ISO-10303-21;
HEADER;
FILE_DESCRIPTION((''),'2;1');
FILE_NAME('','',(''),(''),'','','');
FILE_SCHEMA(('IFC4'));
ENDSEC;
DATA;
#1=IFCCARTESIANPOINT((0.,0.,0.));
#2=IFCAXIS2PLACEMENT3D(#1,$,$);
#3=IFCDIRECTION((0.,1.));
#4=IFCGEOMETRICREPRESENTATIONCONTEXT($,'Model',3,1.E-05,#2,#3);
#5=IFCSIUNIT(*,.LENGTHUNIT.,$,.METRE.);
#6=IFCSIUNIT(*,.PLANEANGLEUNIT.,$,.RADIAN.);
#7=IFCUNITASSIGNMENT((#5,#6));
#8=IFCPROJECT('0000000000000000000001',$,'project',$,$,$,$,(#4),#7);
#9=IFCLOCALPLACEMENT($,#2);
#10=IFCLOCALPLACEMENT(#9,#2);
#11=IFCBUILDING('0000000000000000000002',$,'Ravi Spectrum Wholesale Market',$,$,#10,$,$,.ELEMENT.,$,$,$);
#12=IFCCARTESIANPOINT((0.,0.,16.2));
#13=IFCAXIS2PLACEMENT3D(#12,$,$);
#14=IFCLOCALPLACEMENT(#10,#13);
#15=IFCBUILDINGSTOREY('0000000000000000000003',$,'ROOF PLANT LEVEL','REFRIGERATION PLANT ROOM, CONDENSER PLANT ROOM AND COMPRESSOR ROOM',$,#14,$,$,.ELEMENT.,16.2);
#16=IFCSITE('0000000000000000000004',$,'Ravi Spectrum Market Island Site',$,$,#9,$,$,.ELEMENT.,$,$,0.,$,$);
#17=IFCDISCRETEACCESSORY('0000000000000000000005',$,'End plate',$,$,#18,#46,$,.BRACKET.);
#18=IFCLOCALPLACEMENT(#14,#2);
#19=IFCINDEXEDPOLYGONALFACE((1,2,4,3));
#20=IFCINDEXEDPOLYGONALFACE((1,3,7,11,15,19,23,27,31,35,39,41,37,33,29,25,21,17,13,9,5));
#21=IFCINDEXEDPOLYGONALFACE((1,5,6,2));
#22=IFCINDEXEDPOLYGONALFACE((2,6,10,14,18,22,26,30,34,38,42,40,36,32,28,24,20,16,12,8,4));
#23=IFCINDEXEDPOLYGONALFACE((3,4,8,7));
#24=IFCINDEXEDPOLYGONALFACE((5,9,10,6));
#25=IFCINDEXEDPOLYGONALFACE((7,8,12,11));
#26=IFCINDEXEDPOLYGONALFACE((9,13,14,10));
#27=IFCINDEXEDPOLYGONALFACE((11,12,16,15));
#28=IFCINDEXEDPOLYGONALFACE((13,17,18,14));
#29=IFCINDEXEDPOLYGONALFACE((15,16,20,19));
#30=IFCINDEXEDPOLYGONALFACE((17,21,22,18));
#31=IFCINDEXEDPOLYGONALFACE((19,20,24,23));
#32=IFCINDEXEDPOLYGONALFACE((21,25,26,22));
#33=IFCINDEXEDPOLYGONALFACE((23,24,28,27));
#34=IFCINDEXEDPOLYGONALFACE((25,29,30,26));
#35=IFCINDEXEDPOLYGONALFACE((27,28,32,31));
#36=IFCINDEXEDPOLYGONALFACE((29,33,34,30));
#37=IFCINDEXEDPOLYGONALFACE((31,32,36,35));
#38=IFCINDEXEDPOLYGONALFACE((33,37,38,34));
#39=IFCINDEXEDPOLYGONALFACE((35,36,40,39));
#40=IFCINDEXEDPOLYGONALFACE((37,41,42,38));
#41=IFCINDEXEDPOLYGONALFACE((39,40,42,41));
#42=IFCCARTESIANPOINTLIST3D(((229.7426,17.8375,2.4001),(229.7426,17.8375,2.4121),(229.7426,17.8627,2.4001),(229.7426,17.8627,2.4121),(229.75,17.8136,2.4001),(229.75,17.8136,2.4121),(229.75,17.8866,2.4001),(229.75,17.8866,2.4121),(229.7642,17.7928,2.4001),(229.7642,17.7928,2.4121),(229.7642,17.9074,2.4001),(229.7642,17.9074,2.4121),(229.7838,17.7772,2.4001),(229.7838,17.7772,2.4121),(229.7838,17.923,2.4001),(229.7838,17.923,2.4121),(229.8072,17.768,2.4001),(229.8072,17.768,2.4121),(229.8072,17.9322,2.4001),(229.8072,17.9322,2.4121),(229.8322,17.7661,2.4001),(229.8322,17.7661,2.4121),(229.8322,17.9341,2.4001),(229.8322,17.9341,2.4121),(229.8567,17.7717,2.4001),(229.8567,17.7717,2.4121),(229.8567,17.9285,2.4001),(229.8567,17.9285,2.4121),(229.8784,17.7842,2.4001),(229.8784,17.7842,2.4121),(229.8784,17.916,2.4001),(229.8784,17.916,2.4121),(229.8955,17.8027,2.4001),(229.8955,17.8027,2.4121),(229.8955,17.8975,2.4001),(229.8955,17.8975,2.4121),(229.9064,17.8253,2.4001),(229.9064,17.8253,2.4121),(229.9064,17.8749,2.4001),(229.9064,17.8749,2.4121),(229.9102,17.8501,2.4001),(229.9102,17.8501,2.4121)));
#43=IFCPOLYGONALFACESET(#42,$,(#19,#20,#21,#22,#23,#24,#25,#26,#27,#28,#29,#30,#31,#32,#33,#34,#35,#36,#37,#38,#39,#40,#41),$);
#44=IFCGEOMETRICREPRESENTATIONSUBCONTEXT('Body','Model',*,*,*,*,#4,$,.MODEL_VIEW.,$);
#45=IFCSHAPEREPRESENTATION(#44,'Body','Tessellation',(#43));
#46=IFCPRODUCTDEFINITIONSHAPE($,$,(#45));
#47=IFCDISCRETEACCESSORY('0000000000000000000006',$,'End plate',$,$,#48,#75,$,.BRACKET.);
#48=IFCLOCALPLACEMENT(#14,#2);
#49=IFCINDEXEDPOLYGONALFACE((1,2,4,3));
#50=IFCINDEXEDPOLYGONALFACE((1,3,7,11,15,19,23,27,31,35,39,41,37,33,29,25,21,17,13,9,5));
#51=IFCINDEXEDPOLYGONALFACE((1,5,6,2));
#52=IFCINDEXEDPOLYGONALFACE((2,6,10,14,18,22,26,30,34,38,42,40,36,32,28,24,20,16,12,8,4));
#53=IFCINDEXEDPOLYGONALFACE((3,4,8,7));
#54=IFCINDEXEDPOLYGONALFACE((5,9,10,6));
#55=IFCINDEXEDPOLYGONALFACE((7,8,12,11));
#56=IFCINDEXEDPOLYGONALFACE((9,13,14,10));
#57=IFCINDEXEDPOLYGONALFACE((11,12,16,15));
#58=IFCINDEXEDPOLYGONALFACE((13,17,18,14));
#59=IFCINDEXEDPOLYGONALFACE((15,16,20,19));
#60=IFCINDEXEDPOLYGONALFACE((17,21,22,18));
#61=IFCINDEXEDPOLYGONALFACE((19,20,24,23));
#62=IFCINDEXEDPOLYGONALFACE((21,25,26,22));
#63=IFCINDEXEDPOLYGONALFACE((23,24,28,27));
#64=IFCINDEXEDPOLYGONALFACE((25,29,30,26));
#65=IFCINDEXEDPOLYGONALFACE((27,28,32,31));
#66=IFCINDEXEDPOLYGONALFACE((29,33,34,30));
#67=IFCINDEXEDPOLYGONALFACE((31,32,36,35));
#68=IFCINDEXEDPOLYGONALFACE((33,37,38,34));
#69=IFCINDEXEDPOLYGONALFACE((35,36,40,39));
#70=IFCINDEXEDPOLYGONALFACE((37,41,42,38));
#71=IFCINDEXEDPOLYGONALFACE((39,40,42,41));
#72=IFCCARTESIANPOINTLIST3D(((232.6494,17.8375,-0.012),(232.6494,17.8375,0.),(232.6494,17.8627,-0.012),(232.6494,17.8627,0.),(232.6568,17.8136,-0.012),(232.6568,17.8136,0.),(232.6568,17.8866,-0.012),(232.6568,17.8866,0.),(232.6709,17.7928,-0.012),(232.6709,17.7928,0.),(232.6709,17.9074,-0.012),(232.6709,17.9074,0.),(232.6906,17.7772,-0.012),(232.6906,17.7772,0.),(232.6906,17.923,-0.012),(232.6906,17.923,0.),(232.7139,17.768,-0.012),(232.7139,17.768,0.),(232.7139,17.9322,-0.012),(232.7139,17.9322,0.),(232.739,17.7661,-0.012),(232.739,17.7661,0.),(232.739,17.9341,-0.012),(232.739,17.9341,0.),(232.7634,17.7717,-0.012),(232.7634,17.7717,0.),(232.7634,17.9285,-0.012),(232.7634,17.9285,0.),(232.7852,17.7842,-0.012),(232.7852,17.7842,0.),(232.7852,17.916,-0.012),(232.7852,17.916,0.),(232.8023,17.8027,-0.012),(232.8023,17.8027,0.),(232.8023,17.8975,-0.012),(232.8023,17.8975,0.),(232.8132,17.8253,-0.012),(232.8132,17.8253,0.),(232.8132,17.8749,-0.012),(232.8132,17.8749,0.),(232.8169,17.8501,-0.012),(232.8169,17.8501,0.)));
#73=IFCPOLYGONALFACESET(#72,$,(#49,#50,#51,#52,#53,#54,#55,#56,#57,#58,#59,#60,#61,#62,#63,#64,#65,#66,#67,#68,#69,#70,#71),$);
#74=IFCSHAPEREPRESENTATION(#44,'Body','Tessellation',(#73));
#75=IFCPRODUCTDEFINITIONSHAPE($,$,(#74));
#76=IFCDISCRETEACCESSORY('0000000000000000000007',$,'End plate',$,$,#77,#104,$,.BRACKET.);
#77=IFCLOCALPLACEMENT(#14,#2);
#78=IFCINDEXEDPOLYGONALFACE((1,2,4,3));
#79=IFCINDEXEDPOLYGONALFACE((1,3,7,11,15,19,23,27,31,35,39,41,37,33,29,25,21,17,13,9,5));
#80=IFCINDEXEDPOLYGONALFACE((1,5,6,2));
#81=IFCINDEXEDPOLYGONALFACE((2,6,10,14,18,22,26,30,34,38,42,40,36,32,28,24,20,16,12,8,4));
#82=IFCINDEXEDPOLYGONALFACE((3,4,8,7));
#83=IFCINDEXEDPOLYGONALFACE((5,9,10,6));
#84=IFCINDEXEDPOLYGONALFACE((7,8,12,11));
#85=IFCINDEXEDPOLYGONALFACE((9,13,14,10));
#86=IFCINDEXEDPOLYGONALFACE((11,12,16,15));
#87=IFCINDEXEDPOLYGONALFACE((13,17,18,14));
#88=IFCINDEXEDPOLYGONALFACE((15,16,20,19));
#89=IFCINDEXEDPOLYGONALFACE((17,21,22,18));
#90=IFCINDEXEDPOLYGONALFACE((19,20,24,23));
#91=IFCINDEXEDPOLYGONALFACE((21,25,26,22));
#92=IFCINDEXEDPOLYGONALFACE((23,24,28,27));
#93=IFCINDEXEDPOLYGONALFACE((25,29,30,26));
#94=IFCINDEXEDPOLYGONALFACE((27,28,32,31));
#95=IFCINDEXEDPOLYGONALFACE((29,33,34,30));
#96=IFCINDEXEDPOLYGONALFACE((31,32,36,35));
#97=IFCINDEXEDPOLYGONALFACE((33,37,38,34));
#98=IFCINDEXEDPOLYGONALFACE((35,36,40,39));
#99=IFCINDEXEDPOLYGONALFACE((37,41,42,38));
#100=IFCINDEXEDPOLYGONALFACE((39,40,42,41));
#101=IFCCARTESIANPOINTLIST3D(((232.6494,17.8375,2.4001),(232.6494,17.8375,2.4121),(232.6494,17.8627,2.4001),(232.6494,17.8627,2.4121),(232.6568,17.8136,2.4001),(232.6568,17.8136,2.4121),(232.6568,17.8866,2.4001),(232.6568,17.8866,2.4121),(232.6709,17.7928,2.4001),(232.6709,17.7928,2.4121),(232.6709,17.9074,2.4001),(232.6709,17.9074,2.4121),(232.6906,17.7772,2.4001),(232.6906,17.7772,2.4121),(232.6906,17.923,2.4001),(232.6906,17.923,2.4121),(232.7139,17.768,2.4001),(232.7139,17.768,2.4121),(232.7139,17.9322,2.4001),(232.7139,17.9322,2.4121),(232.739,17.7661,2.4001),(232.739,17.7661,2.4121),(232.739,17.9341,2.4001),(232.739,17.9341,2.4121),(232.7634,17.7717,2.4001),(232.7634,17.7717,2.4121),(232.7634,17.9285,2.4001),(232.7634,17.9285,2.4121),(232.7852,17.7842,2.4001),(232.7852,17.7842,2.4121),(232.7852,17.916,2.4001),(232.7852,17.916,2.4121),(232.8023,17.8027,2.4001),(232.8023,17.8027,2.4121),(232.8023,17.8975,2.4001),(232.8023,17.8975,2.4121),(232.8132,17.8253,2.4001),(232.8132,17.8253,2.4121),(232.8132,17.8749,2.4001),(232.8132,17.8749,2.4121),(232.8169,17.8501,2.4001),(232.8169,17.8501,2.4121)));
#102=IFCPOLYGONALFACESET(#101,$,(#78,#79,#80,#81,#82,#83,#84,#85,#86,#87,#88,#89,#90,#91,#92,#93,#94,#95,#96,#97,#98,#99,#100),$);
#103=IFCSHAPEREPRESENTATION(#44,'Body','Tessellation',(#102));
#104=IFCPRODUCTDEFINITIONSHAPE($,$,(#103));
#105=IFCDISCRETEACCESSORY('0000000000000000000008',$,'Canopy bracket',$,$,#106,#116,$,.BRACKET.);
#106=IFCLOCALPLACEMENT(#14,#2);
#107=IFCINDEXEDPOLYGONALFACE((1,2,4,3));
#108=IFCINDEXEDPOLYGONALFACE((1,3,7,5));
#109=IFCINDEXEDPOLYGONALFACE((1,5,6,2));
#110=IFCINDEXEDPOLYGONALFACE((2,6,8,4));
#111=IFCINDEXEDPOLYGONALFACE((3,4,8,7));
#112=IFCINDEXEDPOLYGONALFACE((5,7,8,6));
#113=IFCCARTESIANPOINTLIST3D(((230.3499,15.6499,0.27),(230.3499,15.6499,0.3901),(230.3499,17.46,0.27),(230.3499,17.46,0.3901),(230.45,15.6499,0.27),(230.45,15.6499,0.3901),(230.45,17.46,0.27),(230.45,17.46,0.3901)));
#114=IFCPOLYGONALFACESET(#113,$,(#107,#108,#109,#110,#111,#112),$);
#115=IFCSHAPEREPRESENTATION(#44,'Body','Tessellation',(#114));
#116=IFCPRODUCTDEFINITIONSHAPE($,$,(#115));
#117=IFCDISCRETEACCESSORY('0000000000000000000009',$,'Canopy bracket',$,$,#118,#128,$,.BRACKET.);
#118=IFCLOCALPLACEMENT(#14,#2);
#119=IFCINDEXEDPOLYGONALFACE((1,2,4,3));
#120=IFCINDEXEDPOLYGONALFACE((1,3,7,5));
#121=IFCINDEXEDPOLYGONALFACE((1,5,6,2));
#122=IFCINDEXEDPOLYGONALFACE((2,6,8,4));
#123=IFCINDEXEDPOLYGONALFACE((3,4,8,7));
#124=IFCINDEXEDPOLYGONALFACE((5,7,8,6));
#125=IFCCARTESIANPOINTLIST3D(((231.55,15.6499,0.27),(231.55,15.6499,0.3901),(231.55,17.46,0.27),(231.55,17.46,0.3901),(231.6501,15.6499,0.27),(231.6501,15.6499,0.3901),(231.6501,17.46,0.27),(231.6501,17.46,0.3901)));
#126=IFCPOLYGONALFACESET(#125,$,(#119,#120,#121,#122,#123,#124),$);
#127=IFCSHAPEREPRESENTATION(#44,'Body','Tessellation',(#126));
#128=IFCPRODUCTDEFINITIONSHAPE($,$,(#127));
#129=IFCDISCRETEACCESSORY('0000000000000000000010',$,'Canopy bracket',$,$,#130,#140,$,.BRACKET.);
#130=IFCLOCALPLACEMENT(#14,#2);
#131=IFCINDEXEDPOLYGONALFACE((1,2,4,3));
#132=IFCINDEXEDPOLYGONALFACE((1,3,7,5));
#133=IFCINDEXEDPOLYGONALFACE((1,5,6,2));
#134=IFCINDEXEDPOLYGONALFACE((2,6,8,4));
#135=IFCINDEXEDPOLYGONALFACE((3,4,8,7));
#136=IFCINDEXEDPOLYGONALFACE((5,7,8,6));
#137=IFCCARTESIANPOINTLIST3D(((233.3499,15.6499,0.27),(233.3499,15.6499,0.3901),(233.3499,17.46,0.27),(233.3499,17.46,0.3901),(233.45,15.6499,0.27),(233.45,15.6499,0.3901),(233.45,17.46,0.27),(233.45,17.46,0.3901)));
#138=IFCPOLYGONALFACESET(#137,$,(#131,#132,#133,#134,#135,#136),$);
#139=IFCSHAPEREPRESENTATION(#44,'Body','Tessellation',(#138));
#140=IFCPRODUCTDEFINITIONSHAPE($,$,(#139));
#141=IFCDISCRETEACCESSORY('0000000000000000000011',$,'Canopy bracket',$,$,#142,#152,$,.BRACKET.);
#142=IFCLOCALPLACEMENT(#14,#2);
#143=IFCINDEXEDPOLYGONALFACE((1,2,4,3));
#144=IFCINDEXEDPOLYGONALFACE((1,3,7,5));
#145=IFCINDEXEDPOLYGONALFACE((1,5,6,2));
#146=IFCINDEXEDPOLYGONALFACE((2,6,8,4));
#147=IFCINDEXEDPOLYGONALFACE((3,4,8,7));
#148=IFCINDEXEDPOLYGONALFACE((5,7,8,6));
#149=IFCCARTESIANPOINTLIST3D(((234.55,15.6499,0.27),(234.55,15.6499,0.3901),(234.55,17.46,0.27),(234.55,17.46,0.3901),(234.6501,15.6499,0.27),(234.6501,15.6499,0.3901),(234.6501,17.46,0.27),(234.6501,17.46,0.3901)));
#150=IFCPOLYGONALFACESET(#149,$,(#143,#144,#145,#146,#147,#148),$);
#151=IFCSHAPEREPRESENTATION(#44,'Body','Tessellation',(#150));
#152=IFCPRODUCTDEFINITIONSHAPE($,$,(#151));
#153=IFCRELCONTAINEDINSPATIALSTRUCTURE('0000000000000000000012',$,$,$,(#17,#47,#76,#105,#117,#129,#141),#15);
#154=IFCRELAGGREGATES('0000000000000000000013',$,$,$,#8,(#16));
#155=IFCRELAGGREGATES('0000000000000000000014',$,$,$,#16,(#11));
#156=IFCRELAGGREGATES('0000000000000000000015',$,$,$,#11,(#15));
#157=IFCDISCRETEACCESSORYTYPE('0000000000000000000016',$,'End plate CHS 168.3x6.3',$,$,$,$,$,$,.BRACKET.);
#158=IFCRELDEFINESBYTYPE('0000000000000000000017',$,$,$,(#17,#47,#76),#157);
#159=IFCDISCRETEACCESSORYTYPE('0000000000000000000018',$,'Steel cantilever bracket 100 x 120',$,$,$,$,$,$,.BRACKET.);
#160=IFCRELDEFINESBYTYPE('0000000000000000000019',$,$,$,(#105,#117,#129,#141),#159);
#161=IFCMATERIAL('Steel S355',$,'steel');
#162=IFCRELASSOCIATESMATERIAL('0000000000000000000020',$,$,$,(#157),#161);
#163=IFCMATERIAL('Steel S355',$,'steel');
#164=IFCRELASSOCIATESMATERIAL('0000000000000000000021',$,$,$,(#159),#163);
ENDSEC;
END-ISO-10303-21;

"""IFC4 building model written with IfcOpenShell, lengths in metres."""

from ifc_helpers import new_model, si_unit, direction, frame, origin, origin_2d, place, context, subcontext, project, spatial, rectangle, circle, extrude, material, material_profile, profile_set, type_object, element, save


model = new_model("IFC4")

# Units and contexts
model_context = context("Model", 3, precision=1e-05, world=origin(), true_north=direction((0.0, 1.0)))
body_context = subcontext(model_context, "Body", "Model", "MODEL_VIEW")
ifc_project = project(units=[si_unit("LENGTHUNIT", "METRE"), si_unit("PLANEANGLEUNIT", "RADIAN")], contexts=[model_context])

# Site, building, storey
site_placement = place(None, origin())
site = spatial("IfcSite", under=ifc_project, at=site_placement, Name="Ravi Spectrum Market Island Site", CompositionType="ELEMENT", RefElevation=0.0)
building_placement = place(site_placement, origin())
building = spatial("IfcBuilding", under=site, at=building_placement, Name="Ravi Spectrum Wholesale Market", CompositionType="ELEMENT")
storey_placement = place(building_placement, frame((0.0, 0.0, 16.2)))
storey = spatial("IfcBuildingStorey", under=building, at=storey_placement, Name="ROOF PLANT LEVEL", Description="REFRIGERATION PLANT ROOM, CONDENSER PLANT ROOM AND COMPRESSOR ROOM", CompositionType="ELEMENT", Elevation=16.2)

# Discrete accessories
ifc_material_1 = material(Name="Steel S355", Category="steel")
ifc_material_profile_1 = material_profile(ifc_material_1, circle(Radius=0.0842, at=origin_2d()))
ifc_profile_set_1 = profile_set([ifc_material_profile_1], Name="Steel S355")
discrete_accessory_type_1 = type_object("IfcDiscreteAccessoryType", Name="End plate CHS 168.3x6.3", PredefinedType="BRACKET", material=ifc_profile_set_1)
for number, where, z_axis, x_axis, name in (
    (1, (229.8259, 17.8501, 2.4001), (0.0, 0.0, 1.0), (1.0, 0.0, 0.0), "End plate"),
    (2, (232.7327, 17.8501, 0.0), (0.0, 0.0, -1.0), (1.0, 0.0, 0.0), "End plate"),
    (3, (232.7327, 17.8501, 2.4001), (0.0, 0.0, 1.0), (1.0, 0.0, 0.0), "End plate"),
):
    element("IfcDiscreteAccessory", number, at=place(storey_placement, frame(where, z_axis=z_axis, x_axis=x_axis)), inside=storey, type_object=discrete_accessory_type_1, Name=name, PredefinedType="BRACKET", context=body_context, shape_type="SweptSolid", body=[
        extrude(circle(Radius=0.0842, at=origin_2d()), origin(), (0.0, 0.0, 1.0), 0.012),
    ])
ifc_material_2 = material(Name="Steel S355", Category="steel")
discrete_accessory_type_2 = type_object("IfcDiscreteAccessoryType", Name="Steel cantilever bracket 100 x 120", PredefinedType="BRACKET", material=ifc_material_2)
for number, where, z_axis, x_axis, name in (
    (4, (230.3999, 16.5549, 0.27), (0.0, 0.0, 1.0), (1.0, 0.0, 0.0), "Canopy bracket"),
    (5, (231.6001, 16.5549, 0.27), (0.0, 0.0, 1.0), (1.0, 0.0, 0.0), "Canopy bracket"),
    (6, (233.3999, 16.5549, 0.27), (0.0, 0.0, 1.0), (1.0, 0.0, 0.0), "Canopy bracket"),
    (7, (234.6001, 16.5549, 0.27), (0.0, 0.0, 1.0), (1.0, 0.0, 0.0), "Canopy bracket"),
):
    element("IfcDiscreteAccessory", number, at=place(storey_placement, frame(where, z_axis=z_axis, x_axis=x_axis)), inside=storey, type_object=discrete_accessory_type_2, Name=name, PredefinedType="BRACKET", context=body_context, shape_type="SweptSolid", body=[
        extrude(rectangle(XDim=0.1001, YDim=1.8101, at=origin_2d()), origin(), (0.0, 0.0, 1.0), 0.1201),
    ])

save(model, "model.ifc")
